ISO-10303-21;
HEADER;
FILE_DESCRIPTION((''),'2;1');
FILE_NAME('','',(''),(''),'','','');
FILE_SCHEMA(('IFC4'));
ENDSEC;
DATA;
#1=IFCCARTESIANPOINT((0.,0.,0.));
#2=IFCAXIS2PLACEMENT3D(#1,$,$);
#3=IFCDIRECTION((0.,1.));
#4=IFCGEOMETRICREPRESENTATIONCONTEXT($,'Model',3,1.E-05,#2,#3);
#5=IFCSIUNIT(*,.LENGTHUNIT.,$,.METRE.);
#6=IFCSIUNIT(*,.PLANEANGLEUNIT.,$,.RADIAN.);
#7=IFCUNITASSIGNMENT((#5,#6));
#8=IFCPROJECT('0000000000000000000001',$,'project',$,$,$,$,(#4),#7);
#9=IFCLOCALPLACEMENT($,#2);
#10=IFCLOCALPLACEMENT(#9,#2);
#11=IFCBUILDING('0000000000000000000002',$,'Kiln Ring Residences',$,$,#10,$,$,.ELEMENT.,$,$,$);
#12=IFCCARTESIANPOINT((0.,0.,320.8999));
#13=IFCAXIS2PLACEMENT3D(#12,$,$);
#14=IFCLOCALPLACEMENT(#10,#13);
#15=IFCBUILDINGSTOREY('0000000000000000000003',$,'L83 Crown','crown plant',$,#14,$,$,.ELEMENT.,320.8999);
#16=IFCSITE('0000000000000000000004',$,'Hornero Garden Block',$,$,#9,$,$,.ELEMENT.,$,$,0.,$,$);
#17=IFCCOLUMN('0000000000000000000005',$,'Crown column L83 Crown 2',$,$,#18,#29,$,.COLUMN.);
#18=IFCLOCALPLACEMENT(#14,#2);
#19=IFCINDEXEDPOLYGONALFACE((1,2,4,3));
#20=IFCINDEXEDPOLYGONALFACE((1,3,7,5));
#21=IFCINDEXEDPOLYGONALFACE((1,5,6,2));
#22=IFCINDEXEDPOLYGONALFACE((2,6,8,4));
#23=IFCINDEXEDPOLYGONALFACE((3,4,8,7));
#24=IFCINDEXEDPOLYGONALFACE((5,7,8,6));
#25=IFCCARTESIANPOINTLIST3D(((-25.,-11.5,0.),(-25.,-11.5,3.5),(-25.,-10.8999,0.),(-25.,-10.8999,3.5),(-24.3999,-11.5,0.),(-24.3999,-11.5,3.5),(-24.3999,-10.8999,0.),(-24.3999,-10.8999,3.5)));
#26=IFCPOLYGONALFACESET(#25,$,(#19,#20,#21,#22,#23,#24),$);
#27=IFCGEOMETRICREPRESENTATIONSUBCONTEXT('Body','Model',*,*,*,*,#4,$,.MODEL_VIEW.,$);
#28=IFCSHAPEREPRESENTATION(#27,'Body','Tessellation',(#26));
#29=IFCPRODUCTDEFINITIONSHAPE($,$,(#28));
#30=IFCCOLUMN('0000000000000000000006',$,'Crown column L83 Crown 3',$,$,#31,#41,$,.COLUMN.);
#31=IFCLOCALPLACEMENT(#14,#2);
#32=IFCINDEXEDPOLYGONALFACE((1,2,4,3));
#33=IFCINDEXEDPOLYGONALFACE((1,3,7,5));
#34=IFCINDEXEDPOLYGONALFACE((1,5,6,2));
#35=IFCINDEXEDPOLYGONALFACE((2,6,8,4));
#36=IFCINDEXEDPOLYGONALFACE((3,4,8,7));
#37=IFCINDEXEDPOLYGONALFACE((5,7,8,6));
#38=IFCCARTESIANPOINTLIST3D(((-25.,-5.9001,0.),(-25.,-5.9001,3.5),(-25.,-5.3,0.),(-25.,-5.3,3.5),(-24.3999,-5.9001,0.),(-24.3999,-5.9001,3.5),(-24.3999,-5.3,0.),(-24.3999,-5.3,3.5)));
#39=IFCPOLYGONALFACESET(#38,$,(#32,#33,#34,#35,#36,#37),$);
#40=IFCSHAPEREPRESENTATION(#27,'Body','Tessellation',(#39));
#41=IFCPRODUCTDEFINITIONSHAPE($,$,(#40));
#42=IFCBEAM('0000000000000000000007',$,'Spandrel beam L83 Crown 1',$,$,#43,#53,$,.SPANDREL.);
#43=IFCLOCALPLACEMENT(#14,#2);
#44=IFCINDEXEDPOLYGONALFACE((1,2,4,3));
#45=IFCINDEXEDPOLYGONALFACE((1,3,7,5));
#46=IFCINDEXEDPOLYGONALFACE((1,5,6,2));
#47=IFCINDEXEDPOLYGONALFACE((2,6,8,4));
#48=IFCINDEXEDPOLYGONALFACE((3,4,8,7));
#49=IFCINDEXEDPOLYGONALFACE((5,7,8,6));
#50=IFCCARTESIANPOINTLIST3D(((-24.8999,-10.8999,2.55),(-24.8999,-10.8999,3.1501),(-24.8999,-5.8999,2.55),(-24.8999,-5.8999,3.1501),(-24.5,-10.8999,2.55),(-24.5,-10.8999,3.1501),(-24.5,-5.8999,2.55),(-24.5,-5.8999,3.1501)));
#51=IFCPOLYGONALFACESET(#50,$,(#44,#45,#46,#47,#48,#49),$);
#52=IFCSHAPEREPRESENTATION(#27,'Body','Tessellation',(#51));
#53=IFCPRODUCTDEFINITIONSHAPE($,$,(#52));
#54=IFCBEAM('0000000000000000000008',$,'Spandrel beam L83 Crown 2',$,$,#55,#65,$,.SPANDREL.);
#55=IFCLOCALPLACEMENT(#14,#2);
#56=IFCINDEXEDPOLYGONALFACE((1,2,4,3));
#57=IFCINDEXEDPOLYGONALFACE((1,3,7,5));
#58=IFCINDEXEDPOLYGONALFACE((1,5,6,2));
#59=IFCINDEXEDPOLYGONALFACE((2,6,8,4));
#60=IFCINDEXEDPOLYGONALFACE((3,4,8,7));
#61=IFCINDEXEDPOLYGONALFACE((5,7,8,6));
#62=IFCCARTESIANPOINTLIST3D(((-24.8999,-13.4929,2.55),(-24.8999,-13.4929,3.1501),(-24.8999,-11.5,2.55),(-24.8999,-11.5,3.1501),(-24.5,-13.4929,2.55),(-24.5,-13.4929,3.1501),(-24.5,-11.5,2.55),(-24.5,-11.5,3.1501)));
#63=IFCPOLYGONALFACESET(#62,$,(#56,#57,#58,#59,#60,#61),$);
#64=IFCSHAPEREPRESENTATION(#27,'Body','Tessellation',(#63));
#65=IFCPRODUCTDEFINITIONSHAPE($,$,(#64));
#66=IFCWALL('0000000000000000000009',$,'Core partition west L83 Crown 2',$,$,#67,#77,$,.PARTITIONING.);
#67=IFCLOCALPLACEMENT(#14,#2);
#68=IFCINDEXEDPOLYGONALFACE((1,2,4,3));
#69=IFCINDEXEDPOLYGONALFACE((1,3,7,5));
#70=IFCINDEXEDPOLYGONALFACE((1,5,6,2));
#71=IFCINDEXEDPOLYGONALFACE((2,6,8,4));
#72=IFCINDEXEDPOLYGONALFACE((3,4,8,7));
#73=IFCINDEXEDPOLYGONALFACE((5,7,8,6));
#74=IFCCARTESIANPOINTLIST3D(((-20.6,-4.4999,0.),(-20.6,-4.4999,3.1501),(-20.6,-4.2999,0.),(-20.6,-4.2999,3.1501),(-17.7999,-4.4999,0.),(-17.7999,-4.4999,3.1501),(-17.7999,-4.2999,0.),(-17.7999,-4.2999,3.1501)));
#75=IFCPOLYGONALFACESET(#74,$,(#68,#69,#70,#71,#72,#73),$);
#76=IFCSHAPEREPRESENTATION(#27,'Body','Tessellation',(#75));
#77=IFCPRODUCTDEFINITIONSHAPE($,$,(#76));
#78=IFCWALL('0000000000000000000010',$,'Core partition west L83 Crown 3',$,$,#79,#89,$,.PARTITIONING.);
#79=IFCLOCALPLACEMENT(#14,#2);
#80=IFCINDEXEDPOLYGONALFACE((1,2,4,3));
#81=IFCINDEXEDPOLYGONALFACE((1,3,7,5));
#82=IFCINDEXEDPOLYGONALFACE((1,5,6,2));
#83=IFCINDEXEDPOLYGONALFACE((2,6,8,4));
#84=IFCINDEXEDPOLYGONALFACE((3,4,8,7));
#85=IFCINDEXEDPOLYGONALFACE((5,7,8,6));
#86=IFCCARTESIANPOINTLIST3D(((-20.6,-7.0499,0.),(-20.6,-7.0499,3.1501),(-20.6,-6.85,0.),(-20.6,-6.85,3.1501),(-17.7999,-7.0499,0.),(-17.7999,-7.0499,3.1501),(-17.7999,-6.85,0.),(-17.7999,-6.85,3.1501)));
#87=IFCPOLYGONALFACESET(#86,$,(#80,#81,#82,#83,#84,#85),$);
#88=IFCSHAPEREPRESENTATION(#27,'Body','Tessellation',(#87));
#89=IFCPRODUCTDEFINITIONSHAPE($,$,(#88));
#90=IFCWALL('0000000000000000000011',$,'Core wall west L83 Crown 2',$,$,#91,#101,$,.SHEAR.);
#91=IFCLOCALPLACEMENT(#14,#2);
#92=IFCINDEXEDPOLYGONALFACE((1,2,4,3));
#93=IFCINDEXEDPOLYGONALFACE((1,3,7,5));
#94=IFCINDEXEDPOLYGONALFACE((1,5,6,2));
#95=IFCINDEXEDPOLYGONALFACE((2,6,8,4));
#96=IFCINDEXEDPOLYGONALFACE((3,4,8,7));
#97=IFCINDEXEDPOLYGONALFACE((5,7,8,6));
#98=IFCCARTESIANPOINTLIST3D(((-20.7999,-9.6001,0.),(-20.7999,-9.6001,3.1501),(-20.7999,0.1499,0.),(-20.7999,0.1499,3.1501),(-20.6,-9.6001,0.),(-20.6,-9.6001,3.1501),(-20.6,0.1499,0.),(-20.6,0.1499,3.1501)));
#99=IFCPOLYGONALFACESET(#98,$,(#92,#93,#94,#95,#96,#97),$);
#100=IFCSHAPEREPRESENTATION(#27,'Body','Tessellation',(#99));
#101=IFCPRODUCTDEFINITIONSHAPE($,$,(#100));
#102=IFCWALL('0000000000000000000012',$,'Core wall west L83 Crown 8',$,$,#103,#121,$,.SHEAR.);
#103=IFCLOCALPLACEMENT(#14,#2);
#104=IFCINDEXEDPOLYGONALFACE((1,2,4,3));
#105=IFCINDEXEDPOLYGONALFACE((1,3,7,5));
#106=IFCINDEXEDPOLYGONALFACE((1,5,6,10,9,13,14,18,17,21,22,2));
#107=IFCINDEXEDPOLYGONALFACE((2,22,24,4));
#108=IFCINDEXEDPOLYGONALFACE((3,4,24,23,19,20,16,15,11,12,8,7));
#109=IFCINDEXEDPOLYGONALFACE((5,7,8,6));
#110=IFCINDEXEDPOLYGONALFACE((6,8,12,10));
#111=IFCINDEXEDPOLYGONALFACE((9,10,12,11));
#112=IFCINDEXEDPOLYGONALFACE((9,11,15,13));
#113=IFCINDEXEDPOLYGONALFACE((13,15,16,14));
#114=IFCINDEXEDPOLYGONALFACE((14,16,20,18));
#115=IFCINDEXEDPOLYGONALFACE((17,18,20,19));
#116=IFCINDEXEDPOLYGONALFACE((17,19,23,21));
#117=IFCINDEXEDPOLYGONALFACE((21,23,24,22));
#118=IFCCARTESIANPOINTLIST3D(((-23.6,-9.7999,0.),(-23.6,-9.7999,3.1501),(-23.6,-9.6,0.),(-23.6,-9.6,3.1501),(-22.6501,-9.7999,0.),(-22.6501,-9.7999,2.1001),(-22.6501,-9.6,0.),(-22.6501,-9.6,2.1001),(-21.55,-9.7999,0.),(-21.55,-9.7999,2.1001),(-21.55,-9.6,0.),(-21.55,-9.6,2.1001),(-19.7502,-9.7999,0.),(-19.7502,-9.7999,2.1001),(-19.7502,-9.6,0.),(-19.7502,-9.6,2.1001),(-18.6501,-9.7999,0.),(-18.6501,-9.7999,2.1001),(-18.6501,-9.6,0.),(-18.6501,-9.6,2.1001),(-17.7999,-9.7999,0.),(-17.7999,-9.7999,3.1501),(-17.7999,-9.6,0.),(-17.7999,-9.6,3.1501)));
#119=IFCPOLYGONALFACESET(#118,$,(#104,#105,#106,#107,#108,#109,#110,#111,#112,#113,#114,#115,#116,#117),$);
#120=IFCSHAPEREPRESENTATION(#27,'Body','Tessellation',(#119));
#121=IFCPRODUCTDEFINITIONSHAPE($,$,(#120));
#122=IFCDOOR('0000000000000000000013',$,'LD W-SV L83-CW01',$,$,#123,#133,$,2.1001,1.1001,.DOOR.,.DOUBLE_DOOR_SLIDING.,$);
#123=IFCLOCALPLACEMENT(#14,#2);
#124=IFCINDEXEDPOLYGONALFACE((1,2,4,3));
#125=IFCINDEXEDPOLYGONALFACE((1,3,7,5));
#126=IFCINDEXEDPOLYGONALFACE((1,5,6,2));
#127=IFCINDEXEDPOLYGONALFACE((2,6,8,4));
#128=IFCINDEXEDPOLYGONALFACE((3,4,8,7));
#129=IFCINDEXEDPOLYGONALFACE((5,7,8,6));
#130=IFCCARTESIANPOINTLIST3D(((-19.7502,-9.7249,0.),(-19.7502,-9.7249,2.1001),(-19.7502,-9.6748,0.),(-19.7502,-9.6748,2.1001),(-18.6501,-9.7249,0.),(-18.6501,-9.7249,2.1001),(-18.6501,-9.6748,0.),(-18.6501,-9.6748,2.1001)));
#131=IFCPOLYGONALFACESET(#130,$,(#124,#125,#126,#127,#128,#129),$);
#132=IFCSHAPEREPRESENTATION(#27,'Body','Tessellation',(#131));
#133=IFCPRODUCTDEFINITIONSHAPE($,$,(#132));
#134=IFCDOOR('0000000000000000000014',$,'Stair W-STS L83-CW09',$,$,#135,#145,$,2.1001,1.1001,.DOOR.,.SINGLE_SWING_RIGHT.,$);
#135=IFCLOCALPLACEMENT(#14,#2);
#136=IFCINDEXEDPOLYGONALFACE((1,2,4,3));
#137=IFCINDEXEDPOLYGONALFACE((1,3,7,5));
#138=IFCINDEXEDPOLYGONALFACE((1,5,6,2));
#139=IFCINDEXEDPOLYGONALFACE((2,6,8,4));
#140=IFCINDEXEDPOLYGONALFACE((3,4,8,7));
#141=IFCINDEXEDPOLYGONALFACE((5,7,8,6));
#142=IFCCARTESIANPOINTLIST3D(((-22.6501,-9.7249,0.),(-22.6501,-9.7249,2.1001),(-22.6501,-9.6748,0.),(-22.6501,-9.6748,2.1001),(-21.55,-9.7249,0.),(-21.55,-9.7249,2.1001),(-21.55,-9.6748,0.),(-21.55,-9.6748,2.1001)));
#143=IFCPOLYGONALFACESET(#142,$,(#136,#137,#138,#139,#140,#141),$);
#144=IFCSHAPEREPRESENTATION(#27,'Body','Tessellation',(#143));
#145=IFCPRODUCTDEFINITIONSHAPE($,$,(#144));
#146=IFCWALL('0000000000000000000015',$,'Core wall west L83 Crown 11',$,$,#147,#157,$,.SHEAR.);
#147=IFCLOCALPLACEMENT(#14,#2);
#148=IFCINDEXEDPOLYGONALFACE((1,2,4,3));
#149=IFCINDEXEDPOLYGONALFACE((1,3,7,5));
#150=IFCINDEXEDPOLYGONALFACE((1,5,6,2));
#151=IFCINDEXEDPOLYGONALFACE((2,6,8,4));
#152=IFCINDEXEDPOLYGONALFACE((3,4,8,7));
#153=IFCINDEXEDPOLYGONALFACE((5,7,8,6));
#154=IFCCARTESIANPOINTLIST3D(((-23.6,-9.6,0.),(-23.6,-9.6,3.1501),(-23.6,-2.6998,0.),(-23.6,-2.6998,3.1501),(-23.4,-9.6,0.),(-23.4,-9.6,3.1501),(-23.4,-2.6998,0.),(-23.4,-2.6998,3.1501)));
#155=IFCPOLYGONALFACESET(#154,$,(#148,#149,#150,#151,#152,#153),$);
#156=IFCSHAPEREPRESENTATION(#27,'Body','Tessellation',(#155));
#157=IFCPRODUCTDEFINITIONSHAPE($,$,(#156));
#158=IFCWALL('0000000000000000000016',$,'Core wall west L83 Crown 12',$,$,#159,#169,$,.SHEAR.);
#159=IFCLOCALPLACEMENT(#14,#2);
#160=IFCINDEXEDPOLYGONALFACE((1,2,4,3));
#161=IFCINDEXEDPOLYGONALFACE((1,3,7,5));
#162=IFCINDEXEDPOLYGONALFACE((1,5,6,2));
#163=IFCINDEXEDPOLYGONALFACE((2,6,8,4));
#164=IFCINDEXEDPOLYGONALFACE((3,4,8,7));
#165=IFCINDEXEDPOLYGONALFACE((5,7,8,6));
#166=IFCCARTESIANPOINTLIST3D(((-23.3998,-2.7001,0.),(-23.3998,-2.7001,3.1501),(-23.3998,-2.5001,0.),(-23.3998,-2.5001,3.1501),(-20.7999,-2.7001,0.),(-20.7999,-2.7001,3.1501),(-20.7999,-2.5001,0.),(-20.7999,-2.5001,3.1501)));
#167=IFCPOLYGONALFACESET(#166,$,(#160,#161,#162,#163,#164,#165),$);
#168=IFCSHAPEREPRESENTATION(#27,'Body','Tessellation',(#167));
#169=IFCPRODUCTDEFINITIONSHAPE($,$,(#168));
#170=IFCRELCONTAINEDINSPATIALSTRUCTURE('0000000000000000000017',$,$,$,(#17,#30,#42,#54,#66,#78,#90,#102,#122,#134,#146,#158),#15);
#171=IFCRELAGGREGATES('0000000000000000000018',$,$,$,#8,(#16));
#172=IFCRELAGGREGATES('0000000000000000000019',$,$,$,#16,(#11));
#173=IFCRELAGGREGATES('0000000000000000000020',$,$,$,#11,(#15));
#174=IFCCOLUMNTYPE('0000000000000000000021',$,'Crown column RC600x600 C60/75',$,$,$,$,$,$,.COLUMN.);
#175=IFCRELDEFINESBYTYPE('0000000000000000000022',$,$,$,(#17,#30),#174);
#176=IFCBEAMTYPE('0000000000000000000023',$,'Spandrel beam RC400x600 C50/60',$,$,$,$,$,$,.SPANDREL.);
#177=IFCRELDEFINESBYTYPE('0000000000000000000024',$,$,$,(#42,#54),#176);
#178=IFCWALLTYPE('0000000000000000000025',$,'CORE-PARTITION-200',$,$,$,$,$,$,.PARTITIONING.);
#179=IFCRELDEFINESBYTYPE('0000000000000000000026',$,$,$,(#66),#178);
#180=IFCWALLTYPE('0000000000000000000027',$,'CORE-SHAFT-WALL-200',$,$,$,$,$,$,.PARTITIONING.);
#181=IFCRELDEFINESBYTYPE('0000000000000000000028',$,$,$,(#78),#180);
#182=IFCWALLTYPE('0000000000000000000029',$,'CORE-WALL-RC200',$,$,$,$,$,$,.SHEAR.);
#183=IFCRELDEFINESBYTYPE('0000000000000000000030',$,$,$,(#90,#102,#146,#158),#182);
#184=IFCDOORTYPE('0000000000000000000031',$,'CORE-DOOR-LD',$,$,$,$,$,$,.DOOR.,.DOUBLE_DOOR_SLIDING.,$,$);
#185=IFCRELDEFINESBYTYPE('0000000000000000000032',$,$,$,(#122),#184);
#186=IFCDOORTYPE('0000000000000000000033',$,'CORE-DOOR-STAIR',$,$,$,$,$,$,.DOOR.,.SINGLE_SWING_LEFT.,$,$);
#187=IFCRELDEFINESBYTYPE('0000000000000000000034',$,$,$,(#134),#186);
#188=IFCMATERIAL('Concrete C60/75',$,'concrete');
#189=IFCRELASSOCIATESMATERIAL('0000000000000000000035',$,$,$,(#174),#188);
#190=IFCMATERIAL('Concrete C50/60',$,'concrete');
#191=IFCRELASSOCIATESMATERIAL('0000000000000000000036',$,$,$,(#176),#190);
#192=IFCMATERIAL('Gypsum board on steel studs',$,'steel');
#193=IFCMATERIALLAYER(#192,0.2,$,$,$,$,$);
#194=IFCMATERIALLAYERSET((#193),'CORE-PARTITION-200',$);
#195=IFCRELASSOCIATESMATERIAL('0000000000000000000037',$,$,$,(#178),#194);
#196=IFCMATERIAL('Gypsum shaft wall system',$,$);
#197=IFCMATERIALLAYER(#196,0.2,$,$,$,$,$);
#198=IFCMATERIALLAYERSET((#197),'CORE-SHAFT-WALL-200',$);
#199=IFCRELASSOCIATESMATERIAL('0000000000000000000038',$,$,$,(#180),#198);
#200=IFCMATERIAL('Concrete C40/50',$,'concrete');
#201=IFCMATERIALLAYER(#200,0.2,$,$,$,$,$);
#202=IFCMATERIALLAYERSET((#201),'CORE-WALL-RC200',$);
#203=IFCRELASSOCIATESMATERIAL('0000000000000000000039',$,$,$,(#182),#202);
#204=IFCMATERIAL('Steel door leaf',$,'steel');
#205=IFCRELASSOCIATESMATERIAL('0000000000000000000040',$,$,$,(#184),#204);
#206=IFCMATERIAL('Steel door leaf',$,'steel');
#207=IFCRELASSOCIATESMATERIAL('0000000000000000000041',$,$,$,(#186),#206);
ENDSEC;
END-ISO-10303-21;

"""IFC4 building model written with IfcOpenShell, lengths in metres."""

from ifc_helpers import new_model, si_unit, direction, frame, frame_2d, origin, origin_2d, place, context, subcontext, project, spatial, rectangle, extrude, material, layer, layer_set, material_profile, profile_set, type_object, element, fill, save


model = new_model("IFC4")

# Units and contexts
model_context = context("Model", 3, precision=1e-05, world=origin(), true_north=direction((0.0, 1.0)))
body_context = subcontext(model_context, "Body", "Model", "MODEL_VIEW")
ifc_project = project(units=[si_unit("LENGTHUNIT", "METRE"), si_unit("PLANEANGLEUNIT", "RADIAN")], contexts=[model_context])

# Site, building, storey
site_placement = place(None, origin())
site = spatial("IfcSite", under=ifc_project, at=site_placement, Name="Hornero Garden Block", CompositionType="ELEMENT", RefElevation=0.0)
building_placement = place(site_placement, origin())
building = spatial("IfcBuilding", under=site, at=building_placement, Name="Kiln Ring Residences", CompositionType="ELEMENT")
storey_placement = place(building_placement, frame((0.0, 0.0, 320.8999)))
storey = spatial("IfcBuildingStorey", under=building, at=storey_placement, Name="L83 Crown", Description="crown plant", CompositionType="ELEMENT", Elevation=320.8999)

# Columns
ifc_material_1 = material(Name="Concrete C60/75", Category="concrete")
ifc_material_profile_1 = material_profile(ifc_material_1, rectangle(XDim=0.6001, YDim=0.6001, at=origin_2d()), Name="RC600x600")
ifc_profile_set_1 = profile_set([ifc_material_profile_1], Name="Concrete C60/75")
column_type = type_object("IfcColumnType", Name="Crown column RC600x600 C60/75", PredefinedType="COLUMN", material=ifc_profile_set_1)
for number, where, z_axis, x_axis, name in (
    (1, (-24.7, -11.2, 0.0), (0.0, 0.0, 1.0), (1.0, 0.0, 0.0), "Crown column L83 Crown 2"),
    (2, (-24.7, -5.6001, 0.0), (0.0, 0.0, 1.0), (1.0, 0.0, 0.0), "Crown column L83 Crown 3"),
):
    element("IfcColumn", number, at=place(storey_placement, frame(where, z_axis=z_axis, x_axis=x_axis)), inside=storey, type_object=column_type, Name=name, PredefinedType="COLUMN", context=body_context, shape_type="SweptSolid", body=[
        extrude(rectangle(XDim=0.6001, YDim=0.6001, at=origin_2d()), origin(), (0.0, 0.0, 1.0), 3.5),
    ])

# Beams
ifc_material_2 = material(Name="Concrete C50/60", Category="concrete")
ifc_material_profile_2 = material_profile(ifc_material_2, rectangle(XDim=0.3999, YDim=0.6001, at=origin_2d()), Name="RC400x600")
ifc_profile_set_2 = profile_set([ifc_material_profile_2], Name="Concrete C50/60")
beam_type = type_object("IfcBeamType", Name="Spandrel beam RC400x600 C50/60", PredefinedType="SPANDREL", material=ifc_profile_set_2)
beam_1_placement = place(storey_placement, frame((-24.7, -5.8999, 2.8501), z_axis=(0.0, -1.0, 0.0), x_axis=(1.0, 0.0, 0.0)))
element("IfcBeam", 3, at=beam_1_placement, inside=storey, type_object=beam_type, Name="Spandrel beam L83 Crown 1", PredefinedType="SPANDREL", context=body_context, shape_type="SweptSolid", body=[
    extrude(rectangle(XDim=0.3999, YDim=0.6001, at=origin_2d()), origin(), (0.0, 0.0, 1.0), 5.0),
])
beam_2_placement = place(storey_placement, frame((-24.7, -11.5, 2.8501), z_axis=(0.0, -1.0, 0.0), x_axis=(1.0, 0.0, 0.0)))
element("IfcBeam", 4, at=beam_2_placement, inside=storey, type_object=beam_type, Name="Spandrel beam L83 Crown 2", PredefinedType="SPANDREL", context=body_context, shape_type="SweptSolid", body=[
    extrude(rectangle(XDim=0.3999, YDim=0.6001, at=origin_2d()), origin(), (0.0, 0.0, 1.0), 1.9929),
])

# Walls
ifc_material_3 = material(Name="Gypsum board on steel studs", Category="steel")
ifc_layer_1 = layer(ifc_material_3, 0.2)
ifc_layer_set_1 = layer_set([ifc_layer_1], Name="CORE-PARTITION-200")
wall_type_1 = type_object("IfcWallType", Name="CORE-PARTITION-200", PredefinedType="PARTITIONING", material=ifc_layer_set_1)
wall_1_placement = place(storey_placement, frame((-17.8, -4.3999, 0.0), z_axis=(0.0, 0.0, 1.0), x_axis=(-1.0, 0.0, 0.0)))
element("IfcWall", 5, at=wall_1_placement, inside=storey, type_object=wall_type_1, Name="Core partition west L83 Crown 2", PredefinedType="PARTITIONING", context=body_context, shape_type="SweptSolid", body=[
    extrude(rectangle(XDim=2.8, YDim=0.2, at=frame_2d((1.3999, 0.0))), origin(), (0.0, 0.0, 1.0), 3.1501),
])
ifc_material_4 = material(Name="Gypsum shaft wall system")
ifc_layer_2 = layer(ifc_material_4, 0.2)
ifc_layer_set_2 = layer_set([ifc_layer_2], Name="CORE-SHAFT-WALL-200")
wall_type_2 = type_object("IfcWallType", Name="CORE-SHAFT-WALL-200", PredefinedType="PARTITIONING", material=ifc_layer_set_2)
wall_2_placement = place(storey_placement, frame((-17.8, -6.95, 0.0), z_axis=(0.0, 0.0, 1.0), x_axis=(-1.0, 0.0, 0.0)))
element("IfcWall", 6, at=wall_2_placement, inside=storey, type_object=wall_type_2, Name="Core partition west L83 Crown 3", PredefinedType="PARTITIONING", context=body_context, shape_type="SweptSolid", body=[
    extrude(rectangle(XDim=2.8, YDim=0.2, at=frame_2d((1.3999, 0.0))), origin(), (0.0, 0.0, 1.0), 3.1501),
])
ifc_material_5 = material(Name="Concrete C40/50", Category="concrete")
ifc_layer_3 = layer(ifc_material_5, 0.2)
ifc_layer_set_3 = layer_set([ifc_layer_3], Name="CORE-WALL-RC200")
wall_type_3 = type_object("IfcWallType", Name="CORE-WALL-RC200", PredefinedType="SHEAR", material=ifc_layer_set_3)
wall_3_placement = place(storey_placement, frame((-20.7, -9.6001, 0.0), z_axis=(0.0, 0.0, 1.0), x_axis=(0.0, 1.0, 0.0)))
element("IfcWall", 7, at=wall_3_placement, inside=storey, type_object=wall_type_3, Name="Core wall west L83 Crown 2", PredefinedType="SHEAR", context=body_context, shape_type="SweptSolid", body=[
    extrude(rectangle(XDim=9.75, YDim=0.2, at=frame_2d((4.875, 0.0))), origin(), (0.0, 0.0, 1.0), 3.1501),
])

# Wall, openings, doors
wall_4_placement = place(storey_placement, frame((-17.8, -9.7, 0.0), z_axis=(0.0, 0.0, 1.0), x_axis=(-1.0, 0.0, 0.0)))
wall_4 = element("IfcWall", 8, at=wall_4_placement, inside=storey, type_object=wall_type_3, Name="Core wall west L83 Crown 8", PredefinedType="SHEAR", context=body_context, shape_type="SweptSolid", body=[
    extrude(rectangle(XDim=5.8, YDim=0.2, at=frame_2d((2.8999, 0.0))), origin(), (0.0, 0.0, 1.0), 3.1501),
])
opening_1_placement = place(wall_4_placement, frame((0.8501, 0.0, 0.0)))
opening_1 = element("IfcOpeningElement", 9, at=opening_1_placement, cuts=wall_4, PredefinedType="OPENING", context=body_context, shape_type="SweptSolid", body=[
    extrude(rectangle(XDim=1.1001, YDim=2.1001, at=frame_2d((0.55, 1.05))), frame((0.0, 0.1099, 0.0), z_axis=(0.0, -1.0, 0.0), x_axis=(1.0, 0.0, 0.0)), (0.0, 0.0, 1.0), 0.22),
])
opening_2_placement = place(wall_4_placement, frame((3.75, 0.0, 0.0)))
opening_2 = element("IfcOpeningElement", 10, at=opening_2_placement, cuts=wall_4, PredefinedType="OPENING", context=body_context, shape_type="SweptSolid", body=[
    extrude(rectangle(XDim=1.1001, YDim=2.1001, at=frame_2d((0.55, 1.05))), frame((0.0, 0.1099, 0.0), z_axis=(0.0, -1.0, 0.0), x_axis=(1.0, 0.0, 0.0)), (0.0, 0.0, 1.0), 0.22),
])
ifc_material_6 = material(Name="Steel door leaf", Category="steel")
door_type_1 = type_object("IfcDoorType", Name="CORE-DOOR-LD", OperationType="DOUBLE_DOOR_SLIDING", PredefinedType="DOOR", material=ifc_material_6)
door_1_placement = place(opening_1_placement, origin())
door_1 = element("IfcDoor", 11, at=door_1_placement, inside=storey, type_object=door_type_1, Name="LD W-SV L83-CW01", OperationType="DOUBLE_DOOR_SLIDING", OverallHeight=2.1001, OverallWidth=1.1001, PredefinedType="DOOR", context=body_context, shape_type="SweptSolid", body=[
    extrude(rectangle(XDim=1.1001, YDim=2.1001, at=frame_2d((0.55, 1.05))), frame((0.0, 0.0249, 0.0), z_axis=(0.0, -1.0, 0.0), x_axis=(1.0, 0.0, 0.0)), (0.0, 0.0, 1.0), 0.05),
])
fill(opening_1, door_1)
ifc_material_7 = material(Name="Steel door leaf", Category="steel")
door_type_2 = type_object("IfcDoorType", Name="CORE-DOOR-STAIR", OperationType="SINGLE_SWING_LEFT", PredefinedType="DOOR", material=ifc_material_7)
door_2_placement = place(opening_2_placement, origin())
door_2 = element("IfcDoor", 12, at=door_2_placement, inside=storey, type_object=door_type_2, Name="Stair W-STS L83-CW09", OperationType="SINGLE_SWING_RIGHT", OverallHeight=2.1001, OverallWidth=1.1001, PredefinedType="DOOR", context=body_context, shape_type="SweptSolid", body=[
    extrude(rectangle(XDim=1.1001, YDim=2.1001, at=frame_2d((0.55, 1.05))), frame((0.0, 0.0249, 0.0), z_axis=(0.0, -1.0, 0.0), x_axis=(1.0, 0.0, 0.0)), (0.0, 0.0, 1.0), 0.05),
])
fill(opening_2, door_2)

# Walls
wall_5_placement = place(storey_placement, frame((-23.5, -9.6001, 0.0), z_axis=(0.0, 0.0, 1.0), x_axis=(0.0, 1.0, 0.0)))
element("IfcWall", 13, at=wall_5_placement, inside=storey, type_object=wall_type_3, Name="Core wall west L83 Crown 11", PredefinedType="SHEAR", context=body_context, shape_type="SweptSolid", body=[
    extrude(rectangle(XDim=6.9001, YDim=0.2, at=frame_2d((3.4502, 0.0))), origin(), (0.0, 0.0, 1.0), 3.1501),
])
wall_6_placement = place(storey_placement, frame((-20.8, -2.6001, 0.0), z_axis=(0.0, 0.0, 1.0), x_axis=(-1.0, 0.0, 0.0)))
element("IfcWall", 14, at=wall_6_placement, inside=storey, type_object=wall_type_3, Name="Core wall west L83 Crown 12", PredefinedType="SHEAR", context=body_context, shape_type="SweptSolid", body=[
    extrude(rectangle(XDim=2.5999, YDim=0.2, at=frame_2d((1.2998, 0.0))), origin(), (0.0, 0.0, 1.0), 3.1501),
])

save(model, "model.ifc")
